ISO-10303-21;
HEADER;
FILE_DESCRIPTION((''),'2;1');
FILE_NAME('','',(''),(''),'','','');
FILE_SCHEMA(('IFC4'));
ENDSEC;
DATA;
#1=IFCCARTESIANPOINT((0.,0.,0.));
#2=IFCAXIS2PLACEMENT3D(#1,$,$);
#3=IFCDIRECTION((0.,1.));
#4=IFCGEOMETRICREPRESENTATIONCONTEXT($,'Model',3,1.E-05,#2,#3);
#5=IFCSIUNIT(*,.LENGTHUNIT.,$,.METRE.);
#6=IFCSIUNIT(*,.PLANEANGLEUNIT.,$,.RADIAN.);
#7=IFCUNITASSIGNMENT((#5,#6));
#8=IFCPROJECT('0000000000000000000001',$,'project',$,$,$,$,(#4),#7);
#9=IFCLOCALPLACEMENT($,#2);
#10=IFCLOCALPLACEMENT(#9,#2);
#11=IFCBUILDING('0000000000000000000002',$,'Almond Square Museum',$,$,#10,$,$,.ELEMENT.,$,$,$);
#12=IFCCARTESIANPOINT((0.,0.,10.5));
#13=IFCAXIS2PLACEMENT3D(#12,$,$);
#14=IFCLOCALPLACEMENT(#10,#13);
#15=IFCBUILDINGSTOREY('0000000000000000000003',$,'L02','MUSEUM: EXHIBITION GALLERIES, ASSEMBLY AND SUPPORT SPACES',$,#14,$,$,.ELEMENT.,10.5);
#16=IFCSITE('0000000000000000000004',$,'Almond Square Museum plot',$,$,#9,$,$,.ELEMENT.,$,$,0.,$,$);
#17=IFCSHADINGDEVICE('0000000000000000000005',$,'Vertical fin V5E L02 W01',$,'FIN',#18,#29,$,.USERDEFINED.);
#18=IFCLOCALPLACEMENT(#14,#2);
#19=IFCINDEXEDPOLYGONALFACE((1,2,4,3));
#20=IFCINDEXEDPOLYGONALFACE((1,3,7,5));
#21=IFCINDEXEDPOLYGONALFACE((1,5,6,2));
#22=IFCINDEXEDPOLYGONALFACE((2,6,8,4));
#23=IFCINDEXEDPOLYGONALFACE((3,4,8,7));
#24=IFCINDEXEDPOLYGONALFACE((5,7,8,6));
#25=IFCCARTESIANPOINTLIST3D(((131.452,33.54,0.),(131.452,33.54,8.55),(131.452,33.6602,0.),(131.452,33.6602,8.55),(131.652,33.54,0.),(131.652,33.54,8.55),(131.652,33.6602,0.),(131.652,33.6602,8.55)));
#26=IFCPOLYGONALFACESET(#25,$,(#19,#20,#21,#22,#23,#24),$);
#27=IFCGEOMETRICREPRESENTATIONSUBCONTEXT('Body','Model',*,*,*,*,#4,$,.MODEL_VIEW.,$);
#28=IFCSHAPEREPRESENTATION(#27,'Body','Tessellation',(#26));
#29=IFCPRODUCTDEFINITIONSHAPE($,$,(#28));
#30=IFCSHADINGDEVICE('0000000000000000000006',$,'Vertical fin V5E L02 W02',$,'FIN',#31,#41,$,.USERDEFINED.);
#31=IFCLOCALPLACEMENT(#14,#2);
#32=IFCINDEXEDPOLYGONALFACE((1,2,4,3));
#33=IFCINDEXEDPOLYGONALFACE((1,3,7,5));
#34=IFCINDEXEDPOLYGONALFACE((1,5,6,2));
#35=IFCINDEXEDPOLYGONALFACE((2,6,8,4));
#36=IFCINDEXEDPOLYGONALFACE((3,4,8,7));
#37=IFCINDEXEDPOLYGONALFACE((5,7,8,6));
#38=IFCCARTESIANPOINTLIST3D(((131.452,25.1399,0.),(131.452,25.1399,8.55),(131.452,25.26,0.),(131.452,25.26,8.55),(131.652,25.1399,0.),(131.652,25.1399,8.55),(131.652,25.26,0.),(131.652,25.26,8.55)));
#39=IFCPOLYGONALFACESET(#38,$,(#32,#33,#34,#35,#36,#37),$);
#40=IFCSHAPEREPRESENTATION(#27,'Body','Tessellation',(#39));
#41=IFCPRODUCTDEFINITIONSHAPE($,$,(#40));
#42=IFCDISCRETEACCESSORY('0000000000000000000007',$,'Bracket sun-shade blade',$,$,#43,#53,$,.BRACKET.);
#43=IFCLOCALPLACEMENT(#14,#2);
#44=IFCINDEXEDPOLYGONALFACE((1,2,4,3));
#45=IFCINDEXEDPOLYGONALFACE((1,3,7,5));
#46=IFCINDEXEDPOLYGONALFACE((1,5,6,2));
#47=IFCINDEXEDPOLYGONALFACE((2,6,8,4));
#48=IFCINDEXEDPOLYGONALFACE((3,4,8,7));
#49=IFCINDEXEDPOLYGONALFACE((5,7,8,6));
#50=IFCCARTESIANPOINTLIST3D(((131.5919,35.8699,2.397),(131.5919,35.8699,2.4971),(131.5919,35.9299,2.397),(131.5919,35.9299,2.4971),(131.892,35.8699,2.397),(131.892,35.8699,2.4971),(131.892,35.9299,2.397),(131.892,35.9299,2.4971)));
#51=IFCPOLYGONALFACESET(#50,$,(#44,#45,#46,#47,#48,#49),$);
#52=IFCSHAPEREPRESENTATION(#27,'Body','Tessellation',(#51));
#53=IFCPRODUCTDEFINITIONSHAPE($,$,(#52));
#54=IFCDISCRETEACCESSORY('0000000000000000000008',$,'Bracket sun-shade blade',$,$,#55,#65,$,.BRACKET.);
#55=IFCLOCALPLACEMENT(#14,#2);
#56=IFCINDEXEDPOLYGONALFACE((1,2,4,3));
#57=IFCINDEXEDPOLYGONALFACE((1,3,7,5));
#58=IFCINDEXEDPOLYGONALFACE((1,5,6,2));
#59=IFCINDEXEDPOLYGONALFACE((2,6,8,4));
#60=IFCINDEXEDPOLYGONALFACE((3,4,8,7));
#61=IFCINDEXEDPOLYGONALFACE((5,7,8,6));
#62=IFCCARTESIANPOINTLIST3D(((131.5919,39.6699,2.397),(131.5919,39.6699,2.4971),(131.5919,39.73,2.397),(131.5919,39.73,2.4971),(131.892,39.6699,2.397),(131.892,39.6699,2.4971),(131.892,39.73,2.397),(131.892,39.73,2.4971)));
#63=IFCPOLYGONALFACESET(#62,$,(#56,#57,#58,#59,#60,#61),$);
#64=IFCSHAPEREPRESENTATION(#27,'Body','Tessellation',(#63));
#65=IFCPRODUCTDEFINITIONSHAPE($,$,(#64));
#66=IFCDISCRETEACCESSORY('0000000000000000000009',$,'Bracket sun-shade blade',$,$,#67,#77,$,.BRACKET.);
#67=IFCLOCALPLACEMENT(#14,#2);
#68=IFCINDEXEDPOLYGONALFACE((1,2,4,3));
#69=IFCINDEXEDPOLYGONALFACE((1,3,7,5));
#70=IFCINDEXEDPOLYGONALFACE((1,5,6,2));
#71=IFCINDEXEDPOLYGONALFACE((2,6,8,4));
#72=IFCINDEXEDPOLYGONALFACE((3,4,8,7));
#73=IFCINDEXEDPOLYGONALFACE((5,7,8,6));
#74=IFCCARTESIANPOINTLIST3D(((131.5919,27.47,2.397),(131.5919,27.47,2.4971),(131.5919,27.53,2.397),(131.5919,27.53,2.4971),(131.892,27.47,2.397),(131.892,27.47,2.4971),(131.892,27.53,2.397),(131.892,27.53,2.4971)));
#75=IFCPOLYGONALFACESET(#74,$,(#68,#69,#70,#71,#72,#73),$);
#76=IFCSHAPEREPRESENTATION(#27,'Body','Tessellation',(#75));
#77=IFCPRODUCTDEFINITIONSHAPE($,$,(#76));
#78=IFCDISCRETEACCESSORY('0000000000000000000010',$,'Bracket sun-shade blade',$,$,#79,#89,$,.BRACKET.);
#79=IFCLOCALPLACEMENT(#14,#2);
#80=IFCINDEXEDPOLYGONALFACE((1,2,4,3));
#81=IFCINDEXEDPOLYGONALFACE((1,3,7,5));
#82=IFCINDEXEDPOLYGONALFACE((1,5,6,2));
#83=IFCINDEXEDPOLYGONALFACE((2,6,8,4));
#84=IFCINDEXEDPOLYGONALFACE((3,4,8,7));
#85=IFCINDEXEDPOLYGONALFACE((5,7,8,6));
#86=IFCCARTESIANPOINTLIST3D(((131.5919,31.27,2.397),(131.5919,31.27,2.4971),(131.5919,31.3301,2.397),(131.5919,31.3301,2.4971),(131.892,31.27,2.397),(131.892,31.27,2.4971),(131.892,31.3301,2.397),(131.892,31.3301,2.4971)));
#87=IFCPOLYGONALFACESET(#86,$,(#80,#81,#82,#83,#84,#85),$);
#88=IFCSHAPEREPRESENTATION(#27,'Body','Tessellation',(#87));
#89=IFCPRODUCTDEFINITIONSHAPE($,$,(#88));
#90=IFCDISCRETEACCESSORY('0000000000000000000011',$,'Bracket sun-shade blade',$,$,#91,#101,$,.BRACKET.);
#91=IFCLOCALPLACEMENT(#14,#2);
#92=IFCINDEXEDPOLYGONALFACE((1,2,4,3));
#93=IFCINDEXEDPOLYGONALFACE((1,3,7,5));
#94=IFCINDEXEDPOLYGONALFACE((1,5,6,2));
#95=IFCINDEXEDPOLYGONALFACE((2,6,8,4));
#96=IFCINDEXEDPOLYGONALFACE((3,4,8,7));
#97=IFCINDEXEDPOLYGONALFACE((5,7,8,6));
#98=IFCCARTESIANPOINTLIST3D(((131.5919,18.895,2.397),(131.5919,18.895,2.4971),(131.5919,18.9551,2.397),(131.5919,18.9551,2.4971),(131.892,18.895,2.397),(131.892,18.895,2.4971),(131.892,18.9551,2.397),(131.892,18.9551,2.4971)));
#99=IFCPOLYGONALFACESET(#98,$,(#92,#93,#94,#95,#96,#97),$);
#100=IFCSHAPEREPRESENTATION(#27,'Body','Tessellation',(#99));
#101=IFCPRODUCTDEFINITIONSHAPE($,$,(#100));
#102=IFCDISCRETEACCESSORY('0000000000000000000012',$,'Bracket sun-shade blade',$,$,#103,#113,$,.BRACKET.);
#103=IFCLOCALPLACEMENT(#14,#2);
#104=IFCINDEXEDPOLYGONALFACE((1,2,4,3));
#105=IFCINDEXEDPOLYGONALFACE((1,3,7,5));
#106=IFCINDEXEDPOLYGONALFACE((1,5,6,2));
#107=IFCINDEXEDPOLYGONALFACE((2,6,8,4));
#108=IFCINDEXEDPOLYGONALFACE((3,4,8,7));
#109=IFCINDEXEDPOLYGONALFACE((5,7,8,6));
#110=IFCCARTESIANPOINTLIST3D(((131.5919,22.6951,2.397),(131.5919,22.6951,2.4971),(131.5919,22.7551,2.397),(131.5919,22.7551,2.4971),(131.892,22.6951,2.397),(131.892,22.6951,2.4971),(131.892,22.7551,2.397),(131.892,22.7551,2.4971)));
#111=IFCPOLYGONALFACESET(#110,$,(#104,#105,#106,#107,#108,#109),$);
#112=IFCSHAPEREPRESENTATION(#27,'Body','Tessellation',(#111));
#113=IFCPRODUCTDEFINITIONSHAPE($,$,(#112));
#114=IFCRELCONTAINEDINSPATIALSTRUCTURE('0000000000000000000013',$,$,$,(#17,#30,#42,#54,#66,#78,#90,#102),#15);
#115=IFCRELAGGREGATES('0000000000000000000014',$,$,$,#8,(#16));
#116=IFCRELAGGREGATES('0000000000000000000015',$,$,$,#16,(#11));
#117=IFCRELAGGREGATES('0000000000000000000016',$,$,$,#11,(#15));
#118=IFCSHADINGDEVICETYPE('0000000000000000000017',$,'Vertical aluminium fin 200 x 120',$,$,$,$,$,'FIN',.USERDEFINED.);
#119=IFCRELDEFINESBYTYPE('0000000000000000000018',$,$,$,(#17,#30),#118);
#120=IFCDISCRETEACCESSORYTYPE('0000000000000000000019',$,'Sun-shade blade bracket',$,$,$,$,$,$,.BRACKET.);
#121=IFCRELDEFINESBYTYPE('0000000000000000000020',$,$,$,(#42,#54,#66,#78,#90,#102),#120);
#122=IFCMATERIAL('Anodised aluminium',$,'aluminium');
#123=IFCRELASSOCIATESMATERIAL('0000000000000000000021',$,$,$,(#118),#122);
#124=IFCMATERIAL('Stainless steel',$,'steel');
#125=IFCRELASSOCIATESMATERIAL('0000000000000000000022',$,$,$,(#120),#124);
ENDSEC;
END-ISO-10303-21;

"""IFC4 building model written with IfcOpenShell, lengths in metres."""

from ifc_helpers import new_model, si_unit, direction, frame, origin, origin_2d, place, context, subcontext, project, spatial, rectangle, extrude, material, material_profile, profile_set, type_object, element, save


model = new_model("IFC4")

# Units and contexts
model_context = context("Model", 3, precision=1e-05, world=origin(), true_north=direction((0.0, 1.0)))
body_context = subcontext(model_context, "Body", "Model", "MODEL_VIEW")
ifc_project = project(units=[si_unit("LENGTHUNIT", "METRE"), si_unit("PLANEANGLEUNIT", "RADIAN")], contexts=[model_context])

# Site, building, storey
site_placement = place(None, origin())
site = spatial("IfcSite", under=ifc_project, at=site_placement, Name="Almond Square Museum plot", CompositionType="ELEMENT", RefElevation=0.0)
building_placement = place(site_placement, origin())
building = spatial("IfcBuilding", under=site, at=building_placement, Name="Almond Square Museum", CompositionType="ELEMENT")
storey_placement = place(building_placement, frame((0.0, 0.0, 10.5)))
storey = spatial("IfcBuildingStorey", under=building, at=storey_placement, Name="L02", Description="MUSEUM: EXHIBITION GALLERIES, ASSEMBLY AND SUPPORT SPACES", CompositionType="ELEMENT", Elevation=10.5)

# Shading devices
ifc_material_1 = material(Name="Anodised aluminium", Category="aluminium")
ifc_material_profile_1 = material_profile(ifc_material_1, rectangle(XDim=0.2, YDim=0.1201, at=origin_2d()))
ifc_profile_set_1 = profile_set([ifc_material_profile_1], Name="Anodised aluminium")
shading_device_type_1 = type_object("IfcShadingDeviceType", Name="Vertical aluminium fin 200 x 120", ElementType="FIN", PredefinedType="USERDEFINED", material=ifc_profile_set_1)
for number, where, z_axis, x_axis, name in (
    (1, (131.552, 33.6001, 0.0), (0.0, 0.0, 1.0), (-1.0, 0.0, 0.0), "Vertical fin V5E L02 W01"),
    (2, (131.552, 25.2, 0.0), (0.0, 0.0, 1.0), (-1.0, 0.0, 0.0), "Vertical fin V5E L02 W02"),
):
    element("IfcShadingDevice", number, at=place(storey_placement, frame(where, z_axis=z_axis, x_axis=x_axis)), inside=storey, type_object=shading_device_type_1, Name=name, ObjectType="FIN", PredefinedType="USERDEFINED", context=body_context, shape_type="SweptSolid", body=[
        extrude(rectangle(XDim=0.2, YDim=0.1201, at=origin_2d()), origin(), (0.0, 0.0, 1.0), 8.55),
    ])

# Discrete accessories
ifc_material_2 = material(Name="Stainless steel", Category="steel")
discrete_accessory_type = type_object("IfcDiscreteAccessoryType", Name="Sun-shade blade bracket", PredefinedType="BRACKET", material=ifc_material_2)
for number, where, z_axis, x_axis, name in (
    (3, (131.7419, 35.8999, 2.397), (0.0, 0.0, 1.0), (1.0, 0.0, 0.0), "Bracket sun-shade blade"),
    (4, (131.7419, 39.7, 2.397), (0.0, 0.0, 1.0), (1.0, 0.0, 0.0), "Bracket sun-shade blade"),
    (5, (131.7419, 27.5, 2.397), (0.0, 0.0, 1.0), (1.0, 0.0, 0.0), "Bracket sun-shade blade"),
    (6, (131.7419, 31.3, 2.397), (0.0, 0.0, 1.0), (1.0, 0.0, 0.0), "Bracket sun-shade blade"),
    (7, (131.7419, 18.925, 2.397), (0.0, 0.0, 1.0), (1.0, 0.0, 0.0), "Bracket sun-shade blade"),
    (8, (131.7419, 22.7251, 2.397), (0.0, 0.0, 1.0), (1.0, 0.0, 0.0), "Bracket sun-shade blade"),
):
    element("IfcDiscreteAccessory", number, at=place(storey_placement, frame(where, z_axis=z_axis, x_axis=x_axis)), inside=storey, type_object=discrete_accessory_type, Name=name, PredefinedType="BRACKET", context=body_context, shape_type="SweptSolid", body=[
        extrude(rectangle(XDim=0.3, YDim=0.0601, at=origin_2d()), origin(), (0.0, 0.0, 1.0), 0.1001),
    ])

save(model, "model.ifc")
